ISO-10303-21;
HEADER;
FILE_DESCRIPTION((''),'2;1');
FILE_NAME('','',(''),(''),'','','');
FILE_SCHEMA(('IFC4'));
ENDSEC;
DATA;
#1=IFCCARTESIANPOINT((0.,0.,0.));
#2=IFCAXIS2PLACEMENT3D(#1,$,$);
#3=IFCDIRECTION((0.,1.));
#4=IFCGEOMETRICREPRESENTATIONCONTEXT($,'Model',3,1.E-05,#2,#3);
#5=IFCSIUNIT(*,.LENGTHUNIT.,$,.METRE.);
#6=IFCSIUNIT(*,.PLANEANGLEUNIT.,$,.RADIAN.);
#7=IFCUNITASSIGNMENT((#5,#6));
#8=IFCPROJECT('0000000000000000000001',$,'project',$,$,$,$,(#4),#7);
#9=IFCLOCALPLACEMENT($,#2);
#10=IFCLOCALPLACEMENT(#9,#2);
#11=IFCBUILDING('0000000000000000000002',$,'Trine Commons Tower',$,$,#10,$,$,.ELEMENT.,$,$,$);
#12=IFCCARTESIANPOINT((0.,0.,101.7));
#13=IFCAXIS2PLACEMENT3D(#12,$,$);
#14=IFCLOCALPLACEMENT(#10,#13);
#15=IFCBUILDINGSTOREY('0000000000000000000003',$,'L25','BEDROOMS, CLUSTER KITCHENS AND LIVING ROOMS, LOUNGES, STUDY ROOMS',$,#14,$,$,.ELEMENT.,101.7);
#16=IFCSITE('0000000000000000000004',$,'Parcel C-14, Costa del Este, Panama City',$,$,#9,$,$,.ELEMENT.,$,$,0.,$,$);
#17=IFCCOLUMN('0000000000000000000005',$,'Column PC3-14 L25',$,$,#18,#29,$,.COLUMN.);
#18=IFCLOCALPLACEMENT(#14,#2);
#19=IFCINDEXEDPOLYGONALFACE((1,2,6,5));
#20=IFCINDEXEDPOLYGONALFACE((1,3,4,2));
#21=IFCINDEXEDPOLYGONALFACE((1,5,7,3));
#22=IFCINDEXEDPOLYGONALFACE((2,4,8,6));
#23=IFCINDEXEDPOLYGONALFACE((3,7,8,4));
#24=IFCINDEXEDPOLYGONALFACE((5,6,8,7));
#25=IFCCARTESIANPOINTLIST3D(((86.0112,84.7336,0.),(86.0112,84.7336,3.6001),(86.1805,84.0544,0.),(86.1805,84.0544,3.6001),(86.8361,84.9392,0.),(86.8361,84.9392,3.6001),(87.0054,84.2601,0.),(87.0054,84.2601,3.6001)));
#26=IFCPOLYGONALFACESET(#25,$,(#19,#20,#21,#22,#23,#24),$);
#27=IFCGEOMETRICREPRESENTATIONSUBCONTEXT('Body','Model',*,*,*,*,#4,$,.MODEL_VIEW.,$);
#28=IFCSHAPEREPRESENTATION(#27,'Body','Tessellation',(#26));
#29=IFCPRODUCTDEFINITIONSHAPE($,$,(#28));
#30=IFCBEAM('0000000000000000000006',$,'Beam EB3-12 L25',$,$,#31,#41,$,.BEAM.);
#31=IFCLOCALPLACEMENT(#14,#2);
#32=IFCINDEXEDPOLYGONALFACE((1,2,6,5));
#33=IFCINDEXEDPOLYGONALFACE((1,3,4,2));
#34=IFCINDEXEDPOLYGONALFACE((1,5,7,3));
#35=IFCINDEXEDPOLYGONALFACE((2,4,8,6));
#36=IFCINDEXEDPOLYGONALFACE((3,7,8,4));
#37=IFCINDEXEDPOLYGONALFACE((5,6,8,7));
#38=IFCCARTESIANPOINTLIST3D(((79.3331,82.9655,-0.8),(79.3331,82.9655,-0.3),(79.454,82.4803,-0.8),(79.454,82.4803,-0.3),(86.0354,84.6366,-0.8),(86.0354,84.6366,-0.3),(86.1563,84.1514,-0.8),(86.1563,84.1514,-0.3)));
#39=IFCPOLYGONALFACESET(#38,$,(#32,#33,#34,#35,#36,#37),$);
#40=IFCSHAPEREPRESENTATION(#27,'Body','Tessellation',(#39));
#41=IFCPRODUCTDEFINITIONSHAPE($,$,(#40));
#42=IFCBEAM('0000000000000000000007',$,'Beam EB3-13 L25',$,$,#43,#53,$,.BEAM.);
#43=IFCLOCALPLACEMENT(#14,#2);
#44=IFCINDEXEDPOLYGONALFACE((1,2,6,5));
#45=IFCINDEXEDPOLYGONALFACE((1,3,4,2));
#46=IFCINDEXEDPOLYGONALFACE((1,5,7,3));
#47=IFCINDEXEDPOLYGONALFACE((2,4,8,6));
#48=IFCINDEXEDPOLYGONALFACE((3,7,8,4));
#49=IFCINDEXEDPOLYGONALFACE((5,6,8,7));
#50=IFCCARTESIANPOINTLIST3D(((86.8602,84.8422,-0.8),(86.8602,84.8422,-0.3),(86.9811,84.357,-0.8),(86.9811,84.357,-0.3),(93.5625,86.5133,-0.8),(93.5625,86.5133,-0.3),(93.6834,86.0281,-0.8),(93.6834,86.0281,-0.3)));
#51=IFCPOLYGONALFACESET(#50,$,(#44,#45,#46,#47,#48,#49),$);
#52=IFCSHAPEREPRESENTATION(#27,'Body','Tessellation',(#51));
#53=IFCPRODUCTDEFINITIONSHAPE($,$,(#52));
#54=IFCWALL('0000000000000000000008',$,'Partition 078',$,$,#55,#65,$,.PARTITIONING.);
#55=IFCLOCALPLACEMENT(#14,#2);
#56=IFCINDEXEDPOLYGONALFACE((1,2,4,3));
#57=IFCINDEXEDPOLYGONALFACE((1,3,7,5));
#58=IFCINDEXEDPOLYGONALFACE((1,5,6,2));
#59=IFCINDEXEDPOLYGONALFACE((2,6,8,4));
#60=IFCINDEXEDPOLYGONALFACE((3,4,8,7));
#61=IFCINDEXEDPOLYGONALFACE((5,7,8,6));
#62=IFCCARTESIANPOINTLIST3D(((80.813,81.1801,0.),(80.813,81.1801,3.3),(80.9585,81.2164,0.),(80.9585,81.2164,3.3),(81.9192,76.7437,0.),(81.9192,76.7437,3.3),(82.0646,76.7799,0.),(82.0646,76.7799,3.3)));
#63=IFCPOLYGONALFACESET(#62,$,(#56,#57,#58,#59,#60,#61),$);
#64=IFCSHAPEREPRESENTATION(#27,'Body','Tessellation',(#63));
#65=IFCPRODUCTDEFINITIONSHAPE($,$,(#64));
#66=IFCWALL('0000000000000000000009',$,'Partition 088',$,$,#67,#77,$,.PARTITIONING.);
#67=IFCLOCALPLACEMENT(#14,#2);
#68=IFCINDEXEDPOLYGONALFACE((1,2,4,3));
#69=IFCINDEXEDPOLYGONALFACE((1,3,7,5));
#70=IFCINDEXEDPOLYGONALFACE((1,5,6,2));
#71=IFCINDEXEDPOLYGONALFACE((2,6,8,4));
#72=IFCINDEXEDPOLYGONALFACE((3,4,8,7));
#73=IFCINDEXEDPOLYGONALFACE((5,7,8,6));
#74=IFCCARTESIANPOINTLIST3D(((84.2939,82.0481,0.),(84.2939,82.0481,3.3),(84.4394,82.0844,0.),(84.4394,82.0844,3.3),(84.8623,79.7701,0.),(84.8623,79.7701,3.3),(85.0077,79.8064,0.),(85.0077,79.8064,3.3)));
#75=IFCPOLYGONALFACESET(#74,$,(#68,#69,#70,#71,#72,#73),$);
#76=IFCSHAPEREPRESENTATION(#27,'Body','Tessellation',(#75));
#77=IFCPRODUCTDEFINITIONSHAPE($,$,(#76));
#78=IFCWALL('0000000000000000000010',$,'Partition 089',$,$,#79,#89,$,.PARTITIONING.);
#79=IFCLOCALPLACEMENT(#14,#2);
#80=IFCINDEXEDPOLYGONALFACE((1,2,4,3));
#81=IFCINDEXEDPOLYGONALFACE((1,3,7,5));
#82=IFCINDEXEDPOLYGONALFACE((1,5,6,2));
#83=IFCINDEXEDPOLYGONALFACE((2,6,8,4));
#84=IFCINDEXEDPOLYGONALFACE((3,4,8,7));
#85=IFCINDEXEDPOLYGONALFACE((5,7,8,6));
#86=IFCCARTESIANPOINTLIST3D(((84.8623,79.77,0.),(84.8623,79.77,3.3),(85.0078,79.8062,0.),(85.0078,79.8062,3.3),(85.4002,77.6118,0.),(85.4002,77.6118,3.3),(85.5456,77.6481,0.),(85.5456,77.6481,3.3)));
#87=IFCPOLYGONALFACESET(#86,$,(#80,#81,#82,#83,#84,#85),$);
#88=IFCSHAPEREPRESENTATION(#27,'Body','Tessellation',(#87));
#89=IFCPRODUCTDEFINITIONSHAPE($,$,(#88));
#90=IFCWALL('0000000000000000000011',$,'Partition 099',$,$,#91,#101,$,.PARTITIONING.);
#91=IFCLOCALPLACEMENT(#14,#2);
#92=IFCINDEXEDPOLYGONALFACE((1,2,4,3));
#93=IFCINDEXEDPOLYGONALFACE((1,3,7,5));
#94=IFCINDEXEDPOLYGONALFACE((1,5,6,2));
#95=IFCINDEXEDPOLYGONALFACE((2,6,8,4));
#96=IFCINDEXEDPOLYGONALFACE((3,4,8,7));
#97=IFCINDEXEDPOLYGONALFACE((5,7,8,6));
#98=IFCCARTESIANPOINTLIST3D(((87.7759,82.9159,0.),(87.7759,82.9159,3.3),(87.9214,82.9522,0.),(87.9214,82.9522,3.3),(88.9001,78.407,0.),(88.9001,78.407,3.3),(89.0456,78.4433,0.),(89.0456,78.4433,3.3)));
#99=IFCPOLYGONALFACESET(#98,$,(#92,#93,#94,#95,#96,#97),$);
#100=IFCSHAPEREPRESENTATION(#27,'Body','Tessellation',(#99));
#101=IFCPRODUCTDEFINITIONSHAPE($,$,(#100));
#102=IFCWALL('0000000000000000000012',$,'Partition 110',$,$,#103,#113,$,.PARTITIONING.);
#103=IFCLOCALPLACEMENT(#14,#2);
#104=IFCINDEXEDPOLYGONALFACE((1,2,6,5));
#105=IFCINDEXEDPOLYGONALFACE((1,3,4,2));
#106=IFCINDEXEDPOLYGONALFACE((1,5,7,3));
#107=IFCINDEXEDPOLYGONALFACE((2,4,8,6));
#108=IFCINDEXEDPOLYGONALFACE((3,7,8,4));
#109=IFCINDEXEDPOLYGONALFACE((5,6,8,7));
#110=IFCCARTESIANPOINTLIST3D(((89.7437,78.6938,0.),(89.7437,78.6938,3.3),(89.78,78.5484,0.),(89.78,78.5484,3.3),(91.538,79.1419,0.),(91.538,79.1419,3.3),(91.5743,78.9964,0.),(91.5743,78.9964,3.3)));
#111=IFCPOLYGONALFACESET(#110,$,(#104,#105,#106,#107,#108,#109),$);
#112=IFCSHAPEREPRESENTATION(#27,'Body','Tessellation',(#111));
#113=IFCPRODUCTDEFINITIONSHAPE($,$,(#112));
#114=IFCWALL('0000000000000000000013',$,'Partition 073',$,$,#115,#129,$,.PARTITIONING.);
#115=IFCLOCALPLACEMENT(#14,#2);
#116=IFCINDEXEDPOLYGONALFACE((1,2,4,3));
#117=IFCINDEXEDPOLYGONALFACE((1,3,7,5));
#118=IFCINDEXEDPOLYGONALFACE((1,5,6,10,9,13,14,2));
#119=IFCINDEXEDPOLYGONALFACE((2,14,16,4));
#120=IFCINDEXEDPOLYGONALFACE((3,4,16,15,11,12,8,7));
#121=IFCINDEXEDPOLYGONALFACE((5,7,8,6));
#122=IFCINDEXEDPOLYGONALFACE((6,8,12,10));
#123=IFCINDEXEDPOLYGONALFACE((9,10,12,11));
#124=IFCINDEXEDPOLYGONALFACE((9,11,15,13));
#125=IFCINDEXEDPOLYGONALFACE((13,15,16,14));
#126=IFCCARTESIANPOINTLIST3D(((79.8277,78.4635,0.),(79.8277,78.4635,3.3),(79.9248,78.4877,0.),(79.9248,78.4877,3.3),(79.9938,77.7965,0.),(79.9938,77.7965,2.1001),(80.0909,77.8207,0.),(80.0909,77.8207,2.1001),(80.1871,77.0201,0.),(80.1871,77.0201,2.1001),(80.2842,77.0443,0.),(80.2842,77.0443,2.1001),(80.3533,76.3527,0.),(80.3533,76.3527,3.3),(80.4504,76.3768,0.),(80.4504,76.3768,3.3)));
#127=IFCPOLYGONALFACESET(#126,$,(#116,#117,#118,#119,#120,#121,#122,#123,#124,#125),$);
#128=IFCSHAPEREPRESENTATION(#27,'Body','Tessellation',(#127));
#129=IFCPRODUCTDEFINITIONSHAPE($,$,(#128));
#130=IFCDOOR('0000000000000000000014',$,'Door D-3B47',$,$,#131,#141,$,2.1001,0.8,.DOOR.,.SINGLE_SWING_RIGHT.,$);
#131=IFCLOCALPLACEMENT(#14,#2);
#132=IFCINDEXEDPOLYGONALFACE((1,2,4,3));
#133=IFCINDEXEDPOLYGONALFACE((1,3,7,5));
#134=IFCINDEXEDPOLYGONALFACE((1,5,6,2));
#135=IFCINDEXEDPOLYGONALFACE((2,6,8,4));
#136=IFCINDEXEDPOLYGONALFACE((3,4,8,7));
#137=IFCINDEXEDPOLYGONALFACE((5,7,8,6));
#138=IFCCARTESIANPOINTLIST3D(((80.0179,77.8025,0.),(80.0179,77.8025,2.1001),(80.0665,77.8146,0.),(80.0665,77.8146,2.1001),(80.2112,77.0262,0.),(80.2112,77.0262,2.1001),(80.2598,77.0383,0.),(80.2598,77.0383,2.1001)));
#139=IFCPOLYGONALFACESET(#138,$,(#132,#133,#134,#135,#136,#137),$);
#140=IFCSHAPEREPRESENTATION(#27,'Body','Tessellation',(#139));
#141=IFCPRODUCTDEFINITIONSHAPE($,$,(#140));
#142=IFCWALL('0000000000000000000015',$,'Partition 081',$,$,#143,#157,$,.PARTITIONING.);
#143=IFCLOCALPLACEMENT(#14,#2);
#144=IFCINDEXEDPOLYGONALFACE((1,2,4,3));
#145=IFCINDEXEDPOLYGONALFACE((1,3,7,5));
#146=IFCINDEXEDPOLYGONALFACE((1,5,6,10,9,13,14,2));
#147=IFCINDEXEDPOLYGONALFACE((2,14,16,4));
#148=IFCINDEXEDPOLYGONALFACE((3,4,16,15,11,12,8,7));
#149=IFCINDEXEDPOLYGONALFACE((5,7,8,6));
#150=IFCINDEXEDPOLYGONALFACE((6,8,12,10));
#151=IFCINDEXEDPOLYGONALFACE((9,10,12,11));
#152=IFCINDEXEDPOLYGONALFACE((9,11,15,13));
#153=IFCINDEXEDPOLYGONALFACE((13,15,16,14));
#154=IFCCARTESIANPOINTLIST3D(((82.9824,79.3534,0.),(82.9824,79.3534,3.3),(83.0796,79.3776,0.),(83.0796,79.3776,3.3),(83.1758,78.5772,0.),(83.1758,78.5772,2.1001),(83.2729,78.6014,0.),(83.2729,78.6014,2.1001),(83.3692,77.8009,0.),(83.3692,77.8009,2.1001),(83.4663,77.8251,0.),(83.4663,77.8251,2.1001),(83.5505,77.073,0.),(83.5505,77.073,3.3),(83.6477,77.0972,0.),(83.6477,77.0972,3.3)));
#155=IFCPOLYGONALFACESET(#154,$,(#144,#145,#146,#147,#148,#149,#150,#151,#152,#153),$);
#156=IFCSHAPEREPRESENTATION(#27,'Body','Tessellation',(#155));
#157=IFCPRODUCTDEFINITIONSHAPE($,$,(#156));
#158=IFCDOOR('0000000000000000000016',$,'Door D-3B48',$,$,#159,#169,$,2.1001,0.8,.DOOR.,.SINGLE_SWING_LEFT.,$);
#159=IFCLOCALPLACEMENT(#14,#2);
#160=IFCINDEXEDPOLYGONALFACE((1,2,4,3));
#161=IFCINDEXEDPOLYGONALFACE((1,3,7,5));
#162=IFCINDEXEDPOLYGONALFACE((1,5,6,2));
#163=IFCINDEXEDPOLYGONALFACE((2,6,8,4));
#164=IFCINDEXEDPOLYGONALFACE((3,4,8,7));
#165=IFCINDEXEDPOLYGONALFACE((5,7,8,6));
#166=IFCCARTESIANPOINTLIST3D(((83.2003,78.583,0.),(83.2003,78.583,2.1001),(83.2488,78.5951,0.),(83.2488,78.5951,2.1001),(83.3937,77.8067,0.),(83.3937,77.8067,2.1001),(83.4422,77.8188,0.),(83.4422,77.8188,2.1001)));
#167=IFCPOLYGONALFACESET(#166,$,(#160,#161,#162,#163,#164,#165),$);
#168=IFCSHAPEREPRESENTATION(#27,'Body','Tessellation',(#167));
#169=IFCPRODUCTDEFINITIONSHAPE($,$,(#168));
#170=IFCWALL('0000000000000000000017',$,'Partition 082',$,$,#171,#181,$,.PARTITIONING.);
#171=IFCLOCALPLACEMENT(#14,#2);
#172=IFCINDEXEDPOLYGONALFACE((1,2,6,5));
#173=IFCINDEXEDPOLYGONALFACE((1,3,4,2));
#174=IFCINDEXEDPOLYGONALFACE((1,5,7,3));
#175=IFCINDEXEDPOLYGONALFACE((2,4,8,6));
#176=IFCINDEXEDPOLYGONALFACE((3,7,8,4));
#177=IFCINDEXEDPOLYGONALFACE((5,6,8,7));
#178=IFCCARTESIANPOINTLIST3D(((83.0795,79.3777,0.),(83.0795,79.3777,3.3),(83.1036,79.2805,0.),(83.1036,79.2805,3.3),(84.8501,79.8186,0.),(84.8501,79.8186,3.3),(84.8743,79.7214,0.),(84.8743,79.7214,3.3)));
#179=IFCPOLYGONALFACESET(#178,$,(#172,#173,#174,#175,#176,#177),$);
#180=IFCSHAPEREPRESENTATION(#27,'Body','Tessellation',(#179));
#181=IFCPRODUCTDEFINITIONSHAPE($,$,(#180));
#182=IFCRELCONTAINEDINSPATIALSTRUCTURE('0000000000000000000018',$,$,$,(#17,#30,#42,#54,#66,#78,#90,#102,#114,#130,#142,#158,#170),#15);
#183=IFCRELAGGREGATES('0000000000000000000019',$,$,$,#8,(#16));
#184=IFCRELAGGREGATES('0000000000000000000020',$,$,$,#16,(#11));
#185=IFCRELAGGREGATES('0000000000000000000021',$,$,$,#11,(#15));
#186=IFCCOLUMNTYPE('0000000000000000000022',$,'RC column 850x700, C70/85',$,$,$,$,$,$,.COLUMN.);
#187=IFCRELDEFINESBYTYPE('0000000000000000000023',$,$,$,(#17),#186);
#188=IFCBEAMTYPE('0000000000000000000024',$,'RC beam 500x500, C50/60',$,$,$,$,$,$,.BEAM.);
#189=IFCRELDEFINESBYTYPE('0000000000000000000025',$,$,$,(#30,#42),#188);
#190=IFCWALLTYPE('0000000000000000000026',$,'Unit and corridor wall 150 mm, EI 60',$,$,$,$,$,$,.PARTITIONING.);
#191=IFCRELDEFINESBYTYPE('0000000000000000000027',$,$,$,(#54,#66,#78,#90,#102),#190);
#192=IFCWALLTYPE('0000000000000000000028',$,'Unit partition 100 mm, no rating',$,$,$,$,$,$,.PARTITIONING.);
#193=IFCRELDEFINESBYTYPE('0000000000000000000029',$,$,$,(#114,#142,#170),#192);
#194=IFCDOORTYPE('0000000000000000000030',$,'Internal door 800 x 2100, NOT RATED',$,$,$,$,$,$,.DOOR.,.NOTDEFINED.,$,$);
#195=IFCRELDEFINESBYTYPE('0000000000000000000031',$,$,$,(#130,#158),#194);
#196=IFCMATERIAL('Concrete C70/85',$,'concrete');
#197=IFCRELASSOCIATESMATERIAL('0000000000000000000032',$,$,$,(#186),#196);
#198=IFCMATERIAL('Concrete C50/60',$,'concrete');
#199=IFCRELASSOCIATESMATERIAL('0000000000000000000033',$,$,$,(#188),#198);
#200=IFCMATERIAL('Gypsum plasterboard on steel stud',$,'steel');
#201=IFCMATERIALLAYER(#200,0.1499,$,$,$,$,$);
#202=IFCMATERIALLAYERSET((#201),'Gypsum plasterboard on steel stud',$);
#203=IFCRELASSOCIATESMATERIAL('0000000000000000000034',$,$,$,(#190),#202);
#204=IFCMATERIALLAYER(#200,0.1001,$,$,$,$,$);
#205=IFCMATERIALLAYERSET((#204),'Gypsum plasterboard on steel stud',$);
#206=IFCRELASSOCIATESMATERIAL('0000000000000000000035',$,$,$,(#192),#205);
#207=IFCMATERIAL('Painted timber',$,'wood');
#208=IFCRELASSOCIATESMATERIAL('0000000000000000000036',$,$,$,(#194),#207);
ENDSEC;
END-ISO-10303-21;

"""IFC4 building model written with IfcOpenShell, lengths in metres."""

from ifc_helpers import new_model, si_unit, direction, frame, frame_2d, origin, origin_2d, place, context, subcontext, project, spatial, rectangle, extrude, material, layer, layer_set, material_profile, profile_set, type_object, element, fill, save


model = new_model("IFC4")

# Units and contexts
model_context = context("Model", 3, precision=1e-05, world=origin(), true_north=direction((0.0, 1.0)))
body_context = subcontext(model_context, "Body", "Model", "MODEL_VIEW")
ifc_project = project(units=[si_unit("LENGTHUNIT", "METRE"), si_unit("PLANEANGLEUNIT", "RADIAN")], contexts=[model_context])

# Site, building, storey
site_placement = place(None, origin())
site = spatial("IfcSite", under=ifc_project, at=site_placement, Name="Parcel C-14, Costa del Este, Panama City", CompositionType="ELEMENT", RefElevation=0.0)
building_placement = place(site_placement, origin())
building = spatial("IfcBuilding", under=site, at=building_placement, Name="Trine Commons Tower", CompositionType="ELEMENT")
storey_placement = place(building_placement, frame((0.0, 0.0, 101.7)))
storey = spatial("IfcBuildingStorey", under=building, at=storey_placement, Name="L25", Description="BEDROOMS, CLUSTER KITCHENS AND LIVING ROOMS, LOUNGES, STUDY ROOMS", CompositionType="ELEMENT", Elevation=101.7)

# Column
ifc_material_1 = material(Name="Concrete C70/85", Category="concrete")
ifc_material_profile_1 = material_profile(ifc_material_1, rectangle(XDim=0.8501, YDim=0.7, at=origin_2d()), Name="RC 850x700")
ifc_profile_set_1 = profile_set([ifc_material_profile_1], Name="Concrete C70/85")
column_type = type_object("IfcColumnType", Name="RC column 850x700, C70/85", PredefinedType="COLUMN", material=ifc_profile_set_1)
column_placement = place(storey_placement, frame((86.5083, 84.4968, 0.0), z_axis=(0.0, 0.0, 1.0), x_axis=(0.970296, 0.241922, 0.0)))
element("IfcColumn", 1, at=column_placement, inside=storey, type_object=column_type, Name="Column PC3-14 L25", PredefinedType="COLUMN", context=body_context, shape_type="SweptSolid", body=[
    extrude(rectangle(XDim=0.8501, YDim=0.7, at=origin_2d()), origin(), (0.0, 0.0, 1.0), 3.6001),
])

# Beams
ifc_material_2 = material(Name="Concrete C50/60", Category="concrete")
ifc_material_profile_2 = material_profile(ifc_material_2, rectangle(XDim=0.5, YDim=0.5, at=origin_2d()), Name="RC 500x500")
ifc_profile_set_2 = profile_set([ifc_material_profile_2], Name="Concrete C50/60")
beam_type = type_object("IfcBeamType", Name="RC beam 500x500, C50/60", PredefinedType="BEAM", material=ifc_profile_set_2)
for number, where, z_axis, x_axis, name in (
    (2, (79.3936, 82.7229, -0.55), (0.970294, 0.241928, 0.0), (-0.241928, 0.970294, 0.0), "Beam EB3-12 L25"),
    (3, (86.9207, 84.5996, -0.55), (0.970294, 0.241928, 0.0), (-0.241928, 0.970294, 0.0), "Beam EB3-13 L25"),
):
    element("IfcBeam", number, at=place(storey_placement, frame(where, z_axis=z_axis, x_axis=x_axis)), inside=storey, type_object=beam_type, Name=name, PredefinedType="BEAM", context=body_context, shape_type="SweptSolid", body=[
        extrude(rectangle(XDim=0.5, YDim=0.5, at=origin_2d()), origin(), (0.0, 0.0, 1.0), 6.9075),
    ])

# Walls
ifc_material_3 = material(Name="Gypsum plasterboard on steel stud", Category="steel")
ifc_layer_1 = layer(ifc_material_3, 0.1499)
ifc_layer_set_1 = layer_set([ifc_layer_1], Name="Gypsum plasterboard on steel stud")
wall_type_1 = type_object("IfcWallType", Name="Unit and corridor wall 150 mm, EI 60", PredefinedType="PARTITIONING", material=ifc_layer_set_1)
wall_1_placement = place(storey_placement, frame((80.8857, 81.1982, 0.0), z_axis=(0.0, 0.0, 1.0), x_axis=(0.241933, -0.970293, 0.0)))
element("IfcWall", 4, at=wall_1_placement, inside=storey, type_object=wall_type_1, Name="Partition 078", PredefinedType="PARTITIONING", context=body_context, shape_type="SweptSolid", body=[
    extrude(rectangle(XDim=4.5723, YDim=0.1499, at=frame_2d((2.2861, 0.0))), origin(), (0.0, 0.0, 1.0), 3.3),
])
wall_2_placement = place(storey_placement, frame((84.3667, 82.0662, 0.0), z_axis=(0.0, 0.0, 1.0), x_axis=(0.242071, -0.970259, 0.0)))
element("IfcWall", 5, at=wall_2_placement, inside=storey, type_object=wall_type_1, Name="Partition 088", PredefinedType="PARTITIONING", context=body_context, shape_type="SweptSolid", body=[
    extrude(rectangle(XDim=2.3479, YDim=0.1499, at=frame_2d((1.1738, 0.0))), origin(), (0.0, 0.0, 1.0), 3.3),
])
wall_3_placement = place(storey_placement, frame((84.9351, 79.7881, 0.0), z_axis=(0.0, 0.0, 1.0), x_axis=(0.241812, -0.970323, 0.0)))
element("IfcWall", 6, at=wall_3_placement, inside=storey, type_object=wall_type_1, Name="Partition 089", PredefinedType="PARTITIONING", context=body_context, shape_type="SweptSolid", body=[
    extrude(rectangle(XDim=2.2241, YDim=0.1499, at=frame_2d((1.1121, 0.0))), origin(), (0.0, 0.0, 1.0), 3.3),
])
wall_4_placement = place(storey_placement, frame((87.8486, 82.9341, 0.0), z_axis=(0.0, 0.0, 1.0), x_axis=(0.24193, -0.970294, 0.0)))
element("IfcWall", 7, at=wall_4_placement, inside=storey, type_object=wall_type_1, Name="Partition 099", PredefinedType="PARTITIONING", context=body_context, shape_type="SweptSolid", body=[
    extrude(rectangle(XDim=4.647, YDim=0.1499, at=frame_2d((2.3235, 0.0))), origin(), (0.0, 0.0, 1.0), 3.3),
])
wall_5_placement = place(storey_placement, frame((89.7617, 78.6211, 0.0), z_axis=(0.0, 0.0, 1.0), x_axis=(0.970212, 0.242256, 0.0)))
element("IfcWall", 8, at=wall_5_placement, inside=storey, type_object=wall_type_1, Name="Partition 110", PredefinedType="PARTITIONING", context=body_context, shape_type="SweptSolid", body=[
    extrude(rectangle(XDim=1.8494, YDim=0.1499, at=frame_2d((0.9248, 0.0))), origin(), (0.0, 0.0, 1.0), 3.3),
])

# Walls, openings, doors
ifc_layer_2 = layer(ifc_material_3, 0.1001)
ifc_layer_set_2 = layer_set([ifc_layer_2], Name="Gypsum plasterboard on steel stud")
wall_type_2 = type_object("IfcWallType", Name="Unit partition 100 mm, no rating", PredefinedType="PARTITIONING", material=ifc_layer_set_2)
wall_6_placement = place(storey_placement, frame((79.8762, 78.4756, 0.0), z_axis=(0.0, 0.0, 1.0), x_axis=(0.241638, -0.970367, 0.0)))
wall_6 = element("IfcWall", 9, at=wall_6_placement, inside=storey, type_object=wall_type_2, Name="Partition 073", PredefinedType="PARTITIONING", context=body_context, shape_type="SweptSolid", body=[
    extrude(rectangle(XDim=2.1753, YDim=0.1001, at=frame_2d((1.0876, 0.0))), origin(), (0.0, 0.0, 1.0), 3.3),
])
opening_1_placement = place(wall_6_placement, frame((0.6875, 0.0, 0.0)))
opening_1 = element("IfcOpeningElement", 10, at=opening_1_placement, cuts=wall_6, PredefinedType="OPENING", context=body_context, shape_type="SweptSolid", body=[
    extrude(rectangle(XDim=0.8, YDim=2.1001, at=frame_2d((0.3999, 1.05))), frame((0.0, 0.0601, 0.0), z_axis=(0.0, -1.0, 0.0), x_axis=(1.0, 0.0, 0.0)), (0.0, 0.0, 1.0), 0.1201),
])
ifc_material_4 = material(Name="Painted timber", Category="wood")
door_type = type_object("IfcDoorType", Name="Internal door 800 x 2100, NOT RATED", OperationType="NOTDEFINED", PredefinedType="DOOR", material=ifc_material_4)
door_1_placement = place(opening_1_placement, origin())
door_1 = element("IfcDoor", 11, at=door_1_placement, inside=storey, type_object=door_type, Name="Door D-3B47", OperationType="SINGLE_SWING_RIGHT", OverallHeight=2.1001, OverallWidth=0.8, PredefinedType="DOOR", context=body_context, shape_type="SweptSolid", body=[
    extrude(rectangle(XDim=0.8, YDim=2.1001, at=frame_2d((0.3999, 1.05))), frame((0.0, 0.0249, 0.0), z_axis=(0.0, -1.0, 0.0), x_axis=(1.0, 0.0, 0.0)), (0.0, 0.0, 1.0), 0.05),
])
fill(opening_1, door_1)
wall_7_placement = place(storey_placement, frame((83.031, 79.3655, 0.0), z_axis=(0.0, 0.0, 1.0), x_axis=(0.241729, -0.970344, 0.0)))
wall_7 = element("IfcWall", 12, at=wall_7_placement, inside=storey, type_object=wall_type_2, Name="Partition 081", PredefinedType="PARTITIONING", context=body_context, shape_type="SweptSolid", body=[
    extrude(rectangle(XDim=2.3501, YDim=0.1001, at=frame_2d((1.175, 0.0))), origin(), (0.0, 0.0, 1.0), 3.3),
])
opening_2_placement = place(wall_7_placement, frame((0.8, 0.0, 0.0)))
opening_2 = element("IfcOpeningElement", 13, at=opening_2_placement, cuts=wall_7, PredefinedType="OPENING", context=body_context, shape_type="SweptSolid", body=[
    extrude(rectangle(XDim=0.8, YDim=2.1001, at=frame_2d((0.3999, 1.05))), frame((0.0, 0.0601, 0.0), z_axis=(0.0, -1.0, 0.0), x_axis=(1.0, 0.0, 0.0)), (0.0, 0.0, 1.0), 0.1201),
])
door_2_placement = place(opening_2_placement, frame((0.8, 0.0, 0.0), z_axis=(0.0, 0.0, 1.0), x_axis=(-1.0, 0.0, 0.0)))
door_2 = element("IfcDoor", 14, at=door_2_placement, inside=storey, type_object=door_type, Name="Door D-3B48", OperationType="SINGLE_SWING_LEFT", OverallHeight=2.1001, OverallWidth=0.8, PredefinedType="DOOR", context=body_context, shape_type="SweptSolid", body=[
    extrude(rectangle(XDim=0.8, YDim=2.1001, at=frame_2d((0.3999, 1.05))), frame((0.0, 0.0249, 0.0), z_axis=(0.0, -1.0, 0.0), x_axis=(1.0, 0.0, 0.0)), (0.0, 0.0, 1.0), 0.05),
])
fill(opening_2, door_2)

# Wall
wall_8_placement = place(storey_placement, frame((83.0916, 79.3291, 0.0), z_axis=(0.0, 0.0, 1.0), x_axis=(0.97037, 0.241623, 0.0)))
element("IfcWall", 15, at=wall_8_placement, inside=storey, type_object=wall_type_2, Name="Partition 082", PredefinedType="PARTITIONING", context=body_context, shape_type="SweptSolid", body=[
    extrude(rectangle(XDim=1.8247, YDim=0.1001, at=frame_2d((0.9124, 0.0))), origin(), (0.0, 0.0, 1.0), 3.3),
])

save(model, "model.ifc")
